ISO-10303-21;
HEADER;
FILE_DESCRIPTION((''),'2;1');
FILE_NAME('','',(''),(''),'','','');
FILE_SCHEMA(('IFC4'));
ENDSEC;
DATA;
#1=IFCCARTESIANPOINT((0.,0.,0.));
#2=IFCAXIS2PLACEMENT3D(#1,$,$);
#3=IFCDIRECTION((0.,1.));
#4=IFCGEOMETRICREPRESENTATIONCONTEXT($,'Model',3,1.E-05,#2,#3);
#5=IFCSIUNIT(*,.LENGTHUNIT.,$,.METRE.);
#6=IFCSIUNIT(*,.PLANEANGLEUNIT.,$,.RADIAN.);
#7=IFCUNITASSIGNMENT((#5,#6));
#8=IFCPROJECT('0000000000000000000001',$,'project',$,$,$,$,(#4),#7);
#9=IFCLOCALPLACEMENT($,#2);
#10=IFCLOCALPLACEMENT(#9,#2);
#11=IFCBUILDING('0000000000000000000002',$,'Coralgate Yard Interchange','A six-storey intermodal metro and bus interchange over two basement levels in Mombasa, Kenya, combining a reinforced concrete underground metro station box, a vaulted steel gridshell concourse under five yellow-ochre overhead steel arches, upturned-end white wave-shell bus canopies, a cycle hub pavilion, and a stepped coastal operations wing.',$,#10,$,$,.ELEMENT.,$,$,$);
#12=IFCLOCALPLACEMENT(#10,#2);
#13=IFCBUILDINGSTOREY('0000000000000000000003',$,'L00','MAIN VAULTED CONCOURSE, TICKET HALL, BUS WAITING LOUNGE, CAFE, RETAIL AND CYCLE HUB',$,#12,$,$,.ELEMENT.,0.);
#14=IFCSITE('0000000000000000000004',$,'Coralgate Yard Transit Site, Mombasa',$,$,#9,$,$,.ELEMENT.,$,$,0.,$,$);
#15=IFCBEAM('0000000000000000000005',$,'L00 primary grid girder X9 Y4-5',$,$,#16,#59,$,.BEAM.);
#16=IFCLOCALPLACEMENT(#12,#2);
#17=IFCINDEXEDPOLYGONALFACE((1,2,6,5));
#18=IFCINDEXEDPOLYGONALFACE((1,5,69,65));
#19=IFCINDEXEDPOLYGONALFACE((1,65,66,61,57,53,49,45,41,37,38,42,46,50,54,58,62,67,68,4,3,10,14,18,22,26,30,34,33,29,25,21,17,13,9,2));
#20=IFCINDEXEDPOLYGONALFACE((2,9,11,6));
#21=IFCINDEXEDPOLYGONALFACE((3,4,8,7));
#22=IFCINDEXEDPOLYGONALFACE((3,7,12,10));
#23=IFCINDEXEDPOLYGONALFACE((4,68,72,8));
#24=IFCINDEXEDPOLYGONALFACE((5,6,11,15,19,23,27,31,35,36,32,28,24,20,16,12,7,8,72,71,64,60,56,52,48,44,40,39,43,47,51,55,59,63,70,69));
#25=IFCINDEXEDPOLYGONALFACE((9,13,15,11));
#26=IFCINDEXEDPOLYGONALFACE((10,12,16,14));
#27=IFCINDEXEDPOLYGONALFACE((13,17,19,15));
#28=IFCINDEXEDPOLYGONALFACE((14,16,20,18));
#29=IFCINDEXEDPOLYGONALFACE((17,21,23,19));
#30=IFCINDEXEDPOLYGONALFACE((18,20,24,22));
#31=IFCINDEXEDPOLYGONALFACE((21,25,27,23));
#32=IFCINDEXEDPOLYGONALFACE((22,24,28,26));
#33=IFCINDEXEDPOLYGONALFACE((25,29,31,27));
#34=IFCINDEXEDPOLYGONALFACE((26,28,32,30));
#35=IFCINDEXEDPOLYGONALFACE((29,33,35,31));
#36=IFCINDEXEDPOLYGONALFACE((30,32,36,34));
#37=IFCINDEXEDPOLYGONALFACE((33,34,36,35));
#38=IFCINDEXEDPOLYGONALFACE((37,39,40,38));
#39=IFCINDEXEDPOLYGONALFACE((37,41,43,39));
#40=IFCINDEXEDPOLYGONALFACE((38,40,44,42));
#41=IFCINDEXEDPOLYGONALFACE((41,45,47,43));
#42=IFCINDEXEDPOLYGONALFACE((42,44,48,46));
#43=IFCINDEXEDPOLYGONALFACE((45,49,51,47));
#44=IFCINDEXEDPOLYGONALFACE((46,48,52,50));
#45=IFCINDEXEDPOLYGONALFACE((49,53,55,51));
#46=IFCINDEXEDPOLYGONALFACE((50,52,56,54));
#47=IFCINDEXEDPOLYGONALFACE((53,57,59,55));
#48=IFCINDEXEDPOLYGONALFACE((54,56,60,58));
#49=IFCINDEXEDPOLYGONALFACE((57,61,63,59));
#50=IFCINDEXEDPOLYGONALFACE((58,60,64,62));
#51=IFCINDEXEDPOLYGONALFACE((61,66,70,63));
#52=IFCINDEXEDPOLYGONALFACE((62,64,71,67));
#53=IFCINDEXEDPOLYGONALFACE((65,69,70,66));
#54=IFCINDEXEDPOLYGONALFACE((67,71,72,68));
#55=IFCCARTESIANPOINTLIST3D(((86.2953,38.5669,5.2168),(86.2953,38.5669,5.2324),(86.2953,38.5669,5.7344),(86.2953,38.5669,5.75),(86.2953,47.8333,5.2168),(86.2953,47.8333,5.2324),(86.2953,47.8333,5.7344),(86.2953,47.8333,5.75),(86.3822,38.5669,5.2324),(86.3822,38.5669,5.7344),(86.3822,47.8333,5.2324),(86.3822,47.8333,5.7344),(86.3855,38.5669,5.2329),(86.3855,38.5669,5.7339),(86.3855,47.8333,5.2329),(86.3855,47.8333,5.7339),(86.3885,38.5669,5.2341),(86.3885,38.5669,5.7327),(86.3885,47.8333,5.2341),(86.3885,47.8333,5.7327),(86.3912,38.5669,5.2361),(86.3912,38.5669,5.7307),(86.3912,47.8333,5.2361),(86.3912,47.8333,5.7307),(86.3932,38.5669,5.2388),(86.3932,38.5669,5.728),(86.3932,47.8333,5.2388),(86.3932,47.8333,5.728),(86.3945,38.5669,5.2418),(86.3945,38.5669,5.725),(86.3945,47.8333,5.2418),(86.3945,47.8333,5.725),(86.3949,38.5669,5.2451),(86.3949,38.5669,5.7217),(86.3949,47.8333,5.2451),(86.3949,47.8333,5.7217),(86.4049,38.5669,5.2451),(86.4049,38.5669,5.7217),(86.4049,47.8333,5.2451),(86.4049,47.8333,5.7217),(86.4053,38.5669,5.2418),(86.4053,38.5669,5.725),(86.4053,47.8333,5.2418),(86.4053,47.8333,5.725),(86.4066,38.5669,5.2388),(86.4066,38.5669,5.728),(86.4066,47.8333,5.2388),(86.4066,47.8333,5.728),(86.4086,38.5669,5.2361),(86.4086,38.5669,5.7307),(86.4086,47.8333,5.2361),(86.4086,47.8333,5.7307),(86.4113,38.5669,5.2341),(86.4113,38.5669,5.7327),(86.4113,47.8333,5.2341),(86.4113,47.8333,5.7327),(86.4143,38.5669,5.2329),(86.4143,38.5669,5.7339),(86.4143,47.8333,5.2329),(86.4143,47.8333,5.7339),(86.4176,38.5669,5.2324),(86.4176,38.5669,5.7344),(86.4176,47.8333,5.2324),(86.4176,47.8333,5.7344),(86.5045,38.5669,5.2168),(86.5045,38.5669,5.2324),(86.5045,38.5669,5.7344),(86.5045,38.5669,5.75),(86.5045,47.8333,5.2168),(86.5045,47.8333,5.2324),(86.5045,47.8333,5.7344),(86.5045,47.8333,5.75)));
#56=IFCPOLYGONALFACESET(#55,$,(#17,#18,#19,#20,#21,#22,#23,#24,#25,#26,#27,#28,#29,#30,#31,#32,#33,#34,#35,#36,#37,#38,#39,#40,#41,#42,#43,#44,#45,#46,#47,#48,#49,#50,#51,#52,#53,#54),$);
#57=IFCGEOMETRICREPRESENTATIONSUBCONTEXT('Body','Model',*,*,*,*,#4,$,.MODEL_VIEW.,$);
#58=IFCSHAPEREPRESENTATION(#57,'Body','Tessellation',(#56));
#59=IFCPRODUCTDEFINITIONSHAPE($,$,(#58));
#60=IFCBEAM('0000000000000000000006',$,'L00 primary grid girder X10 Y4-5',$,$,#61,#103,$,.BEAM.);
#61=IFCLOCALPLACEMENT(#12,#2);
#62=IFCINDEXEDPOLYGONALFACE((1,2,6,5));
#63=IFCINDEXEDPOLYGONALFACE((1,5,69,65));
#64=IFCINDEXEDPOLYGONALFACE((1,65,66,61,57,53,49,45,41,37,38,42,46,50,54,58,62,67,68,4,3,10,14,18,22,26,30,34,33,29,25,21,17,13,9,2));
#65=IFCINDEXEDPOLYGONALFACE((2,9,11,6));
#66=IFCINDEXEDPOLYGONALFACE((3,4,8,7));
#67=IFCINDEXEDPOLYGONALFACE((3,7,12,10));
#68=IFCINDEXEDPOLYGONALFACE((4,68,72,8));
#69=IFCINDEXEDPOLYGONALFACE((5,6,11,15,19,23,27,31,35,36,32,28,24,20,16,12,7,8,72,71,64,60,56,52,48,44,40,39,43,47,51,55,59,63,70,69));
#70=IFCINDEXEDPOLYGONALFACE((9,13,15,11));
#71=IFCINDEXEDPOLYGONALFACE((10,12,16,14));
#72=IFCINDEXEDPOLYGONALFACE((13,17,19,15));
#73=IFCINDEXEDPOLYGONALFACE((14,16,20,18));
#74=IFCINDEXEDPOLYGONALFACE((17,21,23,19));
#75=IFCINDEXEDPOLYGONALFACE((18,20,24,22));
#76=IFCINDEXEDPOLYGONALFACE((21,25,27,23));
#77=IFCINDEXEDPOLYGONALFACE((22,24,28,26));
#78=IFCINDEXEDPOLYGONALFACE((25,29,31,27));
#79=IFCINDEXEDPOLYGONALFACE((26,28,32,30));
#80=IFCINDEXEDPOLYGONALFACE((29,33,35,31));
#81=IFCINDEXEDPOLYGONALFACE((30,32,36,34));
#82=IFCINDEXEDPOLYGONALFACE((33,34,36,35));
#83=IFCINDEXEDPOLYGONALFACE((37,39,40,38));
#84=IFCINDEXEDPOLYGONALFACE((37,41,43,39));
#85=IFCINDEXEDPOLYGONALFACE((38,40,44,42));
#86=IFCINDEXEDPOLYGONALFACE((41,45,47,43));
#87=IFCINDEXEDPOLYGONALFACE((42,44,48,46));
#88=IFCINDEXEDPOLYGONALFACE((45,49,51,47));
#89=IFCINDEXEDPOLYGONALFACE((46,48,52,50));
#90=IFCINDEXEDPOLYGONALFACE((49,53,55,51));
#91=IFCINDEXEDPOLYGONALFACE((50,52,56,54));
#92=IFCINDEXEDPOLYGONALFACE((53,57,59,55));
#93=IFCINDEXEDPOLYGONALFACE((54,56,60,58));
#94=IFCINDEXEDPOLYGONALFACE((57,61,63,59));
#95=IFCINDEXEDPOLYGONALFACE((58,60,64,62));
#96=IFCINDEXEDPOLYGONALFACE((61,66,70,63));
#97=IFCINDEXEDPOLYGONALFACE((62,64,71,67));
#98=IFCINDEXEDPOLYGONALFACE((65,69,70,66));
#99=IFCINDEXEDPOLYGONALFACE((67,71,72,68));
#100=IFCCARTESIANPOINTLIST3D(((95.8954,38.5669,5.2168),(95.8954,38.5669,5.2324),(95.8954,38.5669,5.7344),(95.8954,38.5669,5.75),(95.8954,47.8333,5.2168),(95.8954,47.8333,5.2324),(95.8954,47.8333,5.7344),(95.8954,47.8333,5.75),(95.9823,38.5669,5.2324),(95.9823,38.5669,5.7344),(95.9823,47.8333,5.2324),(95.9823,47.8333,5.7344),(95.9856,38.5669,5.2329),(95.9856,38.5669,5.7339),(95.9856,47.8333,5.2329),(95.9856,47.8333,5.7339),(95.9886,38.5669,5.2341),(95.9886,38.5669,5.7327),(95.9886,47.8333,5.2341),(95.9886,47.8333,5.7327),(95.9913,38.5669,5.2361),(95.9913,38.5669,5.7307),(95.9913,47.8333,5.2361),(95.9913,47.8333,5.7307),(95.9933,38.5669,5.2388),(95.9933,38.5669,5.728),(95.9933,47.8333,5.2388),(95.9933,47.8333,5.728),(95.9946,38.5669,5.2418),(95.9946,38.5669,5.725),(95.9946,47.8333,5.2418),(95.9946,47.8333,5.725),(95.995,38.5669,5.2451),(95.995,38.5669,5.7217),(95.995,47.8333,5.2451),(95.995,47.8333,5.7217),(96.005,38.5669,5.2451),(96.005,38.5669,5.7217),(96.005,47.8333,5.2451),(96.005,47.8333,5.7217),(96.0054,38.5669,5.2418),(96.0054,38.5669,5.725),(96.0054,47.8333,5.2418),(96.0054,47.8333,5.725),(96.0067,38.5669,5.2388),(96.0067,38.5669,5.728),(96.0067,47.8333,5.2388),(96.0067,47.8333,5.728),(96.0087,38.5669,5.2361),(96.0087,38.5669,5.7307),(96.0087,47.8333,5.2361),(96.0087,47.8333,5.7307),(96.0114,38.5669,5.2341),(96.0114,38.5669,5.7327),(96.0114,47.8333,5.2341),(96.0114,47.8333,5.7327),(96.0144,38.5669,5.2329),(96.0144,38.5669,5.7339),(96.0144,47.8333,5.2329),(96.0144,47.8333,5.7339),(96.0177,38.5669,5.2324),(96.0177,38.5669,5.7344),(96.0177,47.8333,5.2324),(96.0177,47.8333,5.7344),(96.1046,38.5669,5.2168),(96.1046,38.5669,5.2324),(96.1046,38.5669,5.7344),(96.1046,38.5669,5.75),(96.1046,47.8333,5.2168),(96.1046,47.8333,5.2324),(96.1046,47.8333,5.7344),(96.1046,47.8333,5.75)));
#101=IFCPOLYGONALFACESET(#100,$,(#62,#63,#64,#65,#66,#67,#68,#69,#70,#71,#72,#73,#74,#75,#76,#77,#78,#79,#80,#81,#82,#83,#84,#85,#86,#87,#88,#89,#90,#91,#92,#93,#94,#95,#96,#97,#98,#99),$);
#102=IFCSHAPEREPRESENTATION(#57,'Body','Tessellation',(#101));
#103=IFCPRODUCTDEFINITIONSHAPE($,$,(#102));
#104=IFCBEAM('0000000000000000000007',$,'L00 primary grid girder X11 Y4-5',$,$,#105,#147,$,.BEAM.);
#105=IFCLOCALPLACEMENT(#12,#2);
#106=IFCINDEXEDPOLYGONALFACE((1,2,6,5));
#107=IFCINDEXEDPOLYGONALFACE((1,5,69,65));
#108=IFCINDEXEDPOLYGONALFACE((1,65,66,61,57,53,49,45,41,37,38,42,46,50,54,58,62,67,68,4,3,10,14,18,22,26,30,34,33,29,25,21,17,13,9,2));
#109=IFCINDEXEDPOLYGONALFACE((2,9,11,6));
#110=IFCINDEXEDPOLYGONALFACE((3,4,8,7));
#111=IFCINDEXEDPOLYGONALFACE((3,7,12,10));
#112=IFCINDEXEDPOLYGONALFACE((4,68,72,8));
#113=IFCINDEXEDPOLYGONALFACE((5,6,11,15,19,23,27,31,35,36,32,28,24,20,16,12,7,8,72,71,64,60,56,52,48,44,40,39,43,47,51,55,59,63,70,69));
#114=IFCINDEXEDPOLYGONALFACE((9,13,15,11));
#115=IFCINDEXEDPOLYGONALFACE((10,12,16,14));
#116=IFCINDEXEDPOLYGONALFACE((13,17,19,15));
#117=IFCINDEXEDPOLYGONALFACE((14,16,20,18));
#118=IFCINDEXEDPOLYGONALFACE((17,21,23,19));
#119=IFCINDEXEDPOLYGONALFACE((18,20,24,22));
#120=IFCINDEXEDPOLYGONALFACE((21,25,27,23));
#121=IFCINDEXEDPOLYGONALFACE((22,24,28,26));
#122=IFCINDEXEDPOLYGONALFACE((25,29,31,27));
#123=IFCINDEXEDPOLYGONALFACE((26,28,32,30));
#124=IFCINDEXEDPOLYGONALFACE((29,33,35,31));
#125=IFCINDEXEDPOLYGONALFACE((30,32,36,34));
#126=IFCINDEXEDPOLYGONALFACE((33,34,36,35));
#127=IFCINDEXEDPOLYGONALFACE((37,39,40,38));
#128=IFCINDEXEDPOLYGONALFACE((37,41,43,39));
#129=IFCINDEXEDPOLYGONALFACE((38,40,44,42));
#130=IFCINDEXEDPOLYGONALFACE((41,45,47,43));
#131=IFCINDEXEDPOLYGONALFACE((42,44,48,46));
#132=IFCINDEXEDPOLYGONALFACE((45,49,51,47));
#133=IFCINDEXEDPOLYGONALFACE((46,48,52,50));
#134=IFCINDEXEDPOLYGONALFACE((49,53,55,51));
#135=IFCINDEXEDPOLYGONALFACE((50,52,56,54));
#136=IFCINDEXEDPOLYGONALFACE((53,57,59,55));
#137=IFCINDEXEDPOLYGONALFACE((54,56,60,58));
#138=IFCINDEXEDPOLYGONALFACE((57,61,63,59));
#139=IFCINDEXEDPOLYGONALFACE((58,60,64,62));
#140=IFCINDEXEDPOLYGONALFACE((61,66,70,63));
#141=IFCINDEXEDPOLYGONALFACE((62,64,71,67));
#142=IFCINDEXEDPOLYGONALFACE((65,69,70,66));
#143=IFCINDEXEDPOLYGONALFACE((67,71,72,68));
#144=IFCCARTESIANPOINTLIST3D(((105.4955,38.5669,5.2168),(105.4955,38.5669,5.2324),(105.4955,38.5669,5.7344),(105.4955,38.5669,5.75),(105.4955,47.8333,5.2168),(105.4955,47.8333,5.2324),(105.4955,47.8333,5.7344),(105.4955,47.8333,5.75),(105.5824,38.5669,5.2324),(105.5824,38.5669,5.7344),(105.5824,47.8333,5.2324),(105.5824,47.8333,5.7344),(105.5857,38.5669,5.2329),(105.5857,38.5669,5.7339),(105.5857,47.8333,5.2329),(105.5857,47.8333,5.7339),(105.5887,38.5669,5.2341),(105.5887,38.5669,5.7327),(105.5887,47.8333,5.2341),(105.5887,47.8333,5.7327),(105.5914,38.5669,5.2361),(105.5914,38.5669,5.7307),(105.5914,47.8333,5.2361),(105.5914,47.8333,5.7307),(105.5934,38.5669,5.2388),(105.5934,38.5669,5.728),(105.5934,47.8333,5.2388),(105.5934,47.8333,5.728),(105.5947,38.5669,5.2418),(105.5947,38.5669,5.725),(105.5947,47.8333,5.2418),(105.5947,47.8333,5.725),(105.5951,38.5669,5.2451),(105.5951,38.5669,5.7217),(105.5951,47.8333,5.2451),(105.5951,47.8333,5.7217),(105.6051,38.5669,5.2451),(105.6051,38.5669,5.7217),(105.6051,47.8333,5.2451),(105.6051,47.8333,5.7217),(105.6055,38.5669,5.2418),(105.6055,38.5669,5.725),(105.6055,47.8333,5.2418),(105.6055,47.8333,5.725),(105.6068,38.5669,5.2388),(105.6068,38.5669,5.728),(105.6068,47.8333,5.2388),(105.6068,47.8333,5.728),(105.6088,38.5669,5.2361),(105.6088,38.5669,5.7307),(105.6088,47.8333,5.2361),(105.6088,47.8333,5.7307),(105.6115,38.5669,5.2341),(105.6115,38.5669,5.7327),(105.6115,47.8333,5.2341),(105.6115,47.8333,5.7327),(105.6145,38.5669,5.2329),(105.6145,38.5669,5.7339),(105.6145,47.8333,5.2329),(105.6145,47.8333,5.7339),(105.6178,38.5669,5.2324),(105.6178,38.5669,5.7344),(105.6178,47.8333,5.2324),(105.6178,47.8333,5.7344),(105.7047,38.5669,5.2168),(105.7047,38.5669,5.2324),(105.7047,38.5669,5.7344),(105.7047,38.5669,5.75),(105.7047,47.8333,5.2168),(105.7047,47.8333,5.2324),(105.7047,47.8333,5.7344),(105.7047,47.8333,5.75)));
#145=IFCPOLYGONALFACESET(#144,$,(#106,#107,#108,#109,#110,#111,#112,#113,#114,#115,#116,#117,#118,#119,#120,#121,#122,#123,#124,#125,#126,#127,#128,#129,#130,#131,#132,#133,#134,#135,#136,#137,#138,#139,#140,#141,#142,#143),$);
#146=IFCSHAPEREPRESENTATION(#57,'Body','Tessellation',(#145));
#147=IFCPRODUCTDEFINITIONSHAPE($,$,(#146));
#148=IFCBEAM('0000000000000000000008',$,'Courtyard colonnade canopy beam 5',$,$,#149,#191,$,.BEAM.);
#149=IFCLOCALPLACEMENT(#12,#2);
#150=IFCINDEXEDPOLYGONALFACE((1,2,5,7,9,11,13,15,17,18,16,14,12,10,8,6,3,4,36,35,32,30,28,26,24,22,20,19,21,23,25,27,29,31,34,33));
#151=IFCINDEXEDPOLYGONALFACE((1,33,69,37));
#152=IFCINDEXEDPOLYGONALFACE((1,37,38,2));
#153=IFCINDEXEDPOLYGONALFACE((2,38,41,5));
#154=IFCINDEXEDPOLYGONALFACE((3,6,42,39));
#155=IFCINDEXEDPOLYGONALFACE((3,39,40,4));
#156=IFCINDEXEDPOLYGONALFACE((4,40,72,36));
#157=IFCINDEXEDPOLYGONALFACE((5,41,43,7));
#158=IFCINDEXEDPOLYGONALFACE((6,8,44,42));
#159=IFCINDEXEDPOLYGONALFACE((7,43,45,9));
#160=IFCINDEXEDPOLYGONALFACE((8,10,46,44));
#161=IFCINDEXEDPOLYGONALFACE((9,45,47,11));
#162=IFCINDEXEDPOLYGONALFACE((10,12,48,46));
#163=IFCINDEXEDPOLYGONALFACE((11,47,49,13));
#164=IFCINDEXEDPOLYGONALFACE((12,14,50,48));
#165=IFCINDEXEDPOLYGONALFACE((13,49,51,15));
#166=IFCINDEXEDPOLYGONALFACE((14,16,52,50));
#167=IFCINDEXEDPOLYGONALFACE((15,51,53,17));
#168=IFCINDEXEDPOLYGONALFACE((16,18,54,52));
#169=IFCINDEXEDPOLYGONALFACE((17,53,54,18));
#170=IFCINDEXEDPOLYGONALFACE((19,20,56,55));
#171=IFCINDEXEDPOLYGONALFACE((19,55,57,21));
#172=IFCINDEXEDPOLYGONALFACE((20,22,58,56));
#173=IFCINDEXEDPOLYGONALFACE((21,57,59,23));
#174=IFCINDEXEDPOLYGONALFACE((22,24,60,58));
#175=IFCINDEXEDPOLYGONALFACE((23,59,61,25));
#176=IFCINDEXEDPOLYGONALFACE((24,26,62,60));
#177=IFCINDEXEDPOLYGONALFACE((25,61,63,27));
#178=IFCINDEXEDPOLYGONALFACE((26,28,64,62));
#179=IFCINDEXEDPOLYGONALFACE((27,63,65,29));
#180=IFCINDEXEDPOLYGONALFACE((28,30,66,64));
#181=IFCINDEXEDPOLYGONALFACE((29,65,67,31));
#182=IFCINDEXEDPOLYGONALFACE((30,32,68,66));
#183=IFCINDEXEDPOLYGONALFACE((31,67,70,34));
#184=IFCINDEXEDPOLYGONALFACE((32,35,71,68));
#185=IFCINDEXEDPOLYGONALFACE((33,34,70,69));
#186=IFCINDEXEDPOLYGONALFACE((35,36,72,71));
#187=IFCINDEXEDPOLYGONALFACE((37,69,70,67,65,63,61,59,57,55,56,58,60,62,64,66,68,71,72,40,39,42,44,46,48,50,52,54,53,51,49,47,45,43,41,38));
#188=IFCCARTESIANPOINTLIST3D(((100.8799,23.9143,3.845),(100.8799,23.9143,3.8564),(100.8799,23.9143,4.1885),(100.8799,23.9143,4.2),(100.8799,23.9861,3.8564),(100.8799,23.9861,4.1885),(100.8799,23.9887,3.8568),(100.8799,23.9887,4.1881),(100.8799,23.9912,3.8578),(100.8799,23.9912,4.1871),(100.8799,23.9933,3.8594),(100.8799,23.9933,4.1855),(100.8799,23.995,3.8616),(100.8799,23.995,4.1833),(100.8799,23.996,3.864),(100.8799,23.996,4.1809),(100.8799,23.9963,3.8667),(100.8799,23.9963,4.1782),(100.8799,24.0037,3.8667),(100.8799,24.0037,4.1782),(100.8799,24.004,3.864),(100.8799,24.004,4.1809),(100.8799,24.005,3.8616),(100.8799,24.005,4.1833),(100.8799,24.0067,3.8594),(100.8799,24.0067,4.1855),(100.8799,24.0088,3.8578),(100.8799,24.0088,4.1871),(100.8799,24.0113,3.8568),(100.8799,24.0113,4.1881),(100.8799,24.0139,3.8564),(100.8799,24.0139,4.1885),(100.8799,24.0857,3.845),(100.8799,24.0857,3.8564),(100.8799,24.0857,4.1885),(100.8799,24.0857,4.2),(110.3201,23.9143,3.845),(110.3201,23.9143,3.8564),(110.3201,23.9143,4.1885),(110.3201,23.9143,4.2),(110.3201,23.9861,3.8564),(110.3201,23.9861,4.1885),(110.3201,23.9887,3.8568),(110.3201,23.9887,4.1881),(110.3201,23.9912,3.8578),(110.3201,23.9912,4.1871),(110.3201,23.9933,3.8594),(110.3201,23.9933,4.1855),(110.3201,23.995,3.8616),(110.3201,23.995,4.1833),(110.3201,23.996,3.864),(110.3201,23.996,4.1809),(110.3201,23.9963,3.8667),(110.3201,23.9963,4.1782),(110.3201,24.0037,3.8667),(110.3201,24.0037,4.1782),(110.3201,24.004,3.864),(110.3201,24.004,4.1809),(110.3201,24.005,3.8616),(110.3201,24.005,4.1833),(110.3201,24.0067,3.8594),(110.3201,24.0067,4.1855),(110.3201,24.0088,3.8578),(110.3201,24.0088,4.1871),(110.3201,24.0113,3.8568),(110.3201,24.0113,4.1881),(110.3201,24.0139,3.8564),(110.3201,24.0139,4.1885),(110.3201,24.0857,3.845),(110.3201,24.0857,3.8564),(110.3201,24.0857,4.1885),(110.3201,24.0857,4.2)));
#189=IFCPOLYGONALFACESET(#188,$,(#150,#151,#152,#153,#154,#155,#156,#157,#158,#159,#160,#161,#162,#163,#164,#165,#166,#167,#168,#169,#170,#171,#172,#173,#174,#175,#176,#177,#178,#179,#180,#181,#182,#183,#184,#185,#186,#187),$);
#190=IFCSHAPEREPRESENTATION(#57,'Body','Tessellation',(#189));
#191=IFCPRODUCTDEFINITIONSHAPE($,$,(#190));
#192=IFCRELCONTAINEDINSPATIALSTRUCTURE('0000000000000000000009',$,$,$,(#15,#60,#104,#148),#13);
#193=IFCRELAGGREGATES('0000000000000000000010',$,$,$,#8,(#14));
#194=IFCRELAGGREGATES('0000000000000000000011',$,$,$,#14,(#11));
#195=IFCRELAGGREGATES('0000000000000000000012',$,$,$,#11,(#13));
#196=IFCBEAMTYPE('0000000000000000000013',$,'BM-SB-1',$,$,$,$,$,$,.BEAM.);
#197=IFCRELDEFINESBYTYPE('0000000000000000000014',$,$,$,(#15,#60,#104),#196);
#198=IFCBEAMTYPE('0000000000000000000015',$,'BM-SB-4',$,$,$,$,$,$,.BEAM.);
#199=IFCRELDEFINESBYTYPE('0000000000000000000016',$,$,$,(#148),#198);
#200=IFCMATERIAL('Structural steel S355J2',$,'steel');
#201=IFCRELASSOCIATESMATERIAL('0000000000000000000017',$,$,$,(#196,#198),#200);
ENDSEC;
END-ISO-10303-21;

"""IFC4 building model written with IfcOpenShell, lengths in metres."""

from ifc_helpers import new_model, si_unit, direction, frame, origin, origin_2d, place, context, subcontext, project, spatial, i_section, extrude, material, material_profile, profile_set, type_object, element, save


model = new_model("IFC4")

# Units and contexts
model_context = context("Model", 3, precision=1e-05, world=origin(), true_north=direction((0.0, 1.0)))
body_context = subcontext(model_context, "Body", "Model", "MODEL_VIEW")
ifc_project = project(units=[si_unit("LENGTHUNIT", "METRE"), si_unit("PLANEANGLEUNIT", "RADIAN")], contexts=[model_context])

# Site, building, storey
site_placement = place(None, origin())
site = spatial("IfcSite", under=ifc_project, at=site_placement, Name="Coralgate Yard Transit Site, Mombasa", CompositionType="ELEMENT", RefElevation=0.0)
building_placement = place(site_placement, origin())
building = spatial("IfcBuilding", under=site, at=building_placement, Name="Coralgate Yard Interchange", Description="A six-storey intermodal metro and bus interchange over two basement levels in Mombasa, Kenya, combining a reinforced concrete underground metro station box, a vaulted steel gridshell concourse under five yellow-ochre overhead steel arches, upturned-end white wave-shell bus canopies, a cycle hub pavilion, and a stepped coastal operations wing.", CompositionType="ELEMENT")
storey_placement = place(building_placement, origin())
storey = spatial("IfcBuildingStorey", under=building, at=storey_placement, Name="L00", Description="MAIN VAULTED CONCOURSE, TICKET HALL, BUS WAITING LOUNGE, CAFE, RETAIL AND CYCLE HUB", CompositionType="ELEMENT", Elevation=0.0)

# Shared definitions
ifc_material_1 = material(Name="Structural steel S355J2", Category="steel")

# Beams
ifc_material_profile_1 = material_profile(ifc_material_1, i_section(OverallWidth=0.2092, OverallDepth=0.5332, WebThickness=0.01, FlangeThickness=0.0156, FilletRadius=0.0127, at=origin_2d()), Name="UB 533x210x92")
ifc_profile_set_1 = profile_set([ifc_material_profile_1], Name="Structural steel S355J2")
beam_type_1 = type_object("IfcBeamType", Name="BM-SB-1", PredefinedType="BEAM", material=ifc_profile_set_1)
for number, where, z_axis, x_axis, name in (
    (1, (86.3999, 38.5669, 5.4834), (0.0, 1.0, 0.0), (-1.0, 0.0, 0.0), "L00 primary grid girder X9 Y4-5"),
    (2, (96.0, 38.5669, 5.4834), (0.0, 1.0, 0.0), (-1.0, 0.0, 0.0), "L00 primary grid girder X10 Y4-5"),
    (3, (105.6001, 38.5669, 5.4834), (0.0, 1.0, 0.0), (-1.0, 0.0, 0.0), "L00 primary grid girder X11 Y4-5"),
):
    element("IfcBeam", number, at=place(storey_placement, frame(where, z_axis=z_axis, x_axis=x_axis)), inside=storey, type_object=beam_type_1, Name=name, PredefinedType="BEAM", context=body_context, shape_type="SweptSolid", body=[
        extrude(i_section(OverallWidth=0.2092, OverallDepth=0.5332, WebThickness=0.01, FlangeThickness=0.0156, FilletRadius=0.0127, at=origin_2d()), origin(), (0.0, 0.0, 1.0), 9.2664),
    ])
ifc_material_profile_2 = material_profile(ifc_material_1, i_section(OverallWidth=0.1714, OverallDepth=0.355, WebThickness=0.0073, FlangeThickness=0.0115, FilletRadius=0.0103, at=origin_2d()), Name="UB 356x171x51")
ifc_profile_set_2 = profile_set([ifc_material_profile_2], Name="Structural steel S355J2")
beam_type_2 = type_object("IfcBeamType", Name="BM-SB-4", PredefinedType="BEAM", material=ifc_profile_set_2)
beam_placement = place(storey_placement, frame((100.8799, 24.0, 4.0225), z_axis=(1.0, 0.0, 0.0), x_axis=(0.0, 1.0, 0.0)))
element("IfcBeam", 4, at=beam_placement, inside=storey, type_object=beam_type_2, Name="Courtyard colonnade canopy beam 5", PredefinedType="BEAM", context=body_context, shape_type="SweptSolid", body=[
    extrude(i_section(OverallWidth=0.1714, OverallDepth=0.355, WebThickness=0.0073, FlangeThickness=0.0115, FilletRadius=0.0103, at=origin_2d()), origin(), (0.0, 0.0, 1.0), 9.4402),
])

save(model, "model.ifc")
